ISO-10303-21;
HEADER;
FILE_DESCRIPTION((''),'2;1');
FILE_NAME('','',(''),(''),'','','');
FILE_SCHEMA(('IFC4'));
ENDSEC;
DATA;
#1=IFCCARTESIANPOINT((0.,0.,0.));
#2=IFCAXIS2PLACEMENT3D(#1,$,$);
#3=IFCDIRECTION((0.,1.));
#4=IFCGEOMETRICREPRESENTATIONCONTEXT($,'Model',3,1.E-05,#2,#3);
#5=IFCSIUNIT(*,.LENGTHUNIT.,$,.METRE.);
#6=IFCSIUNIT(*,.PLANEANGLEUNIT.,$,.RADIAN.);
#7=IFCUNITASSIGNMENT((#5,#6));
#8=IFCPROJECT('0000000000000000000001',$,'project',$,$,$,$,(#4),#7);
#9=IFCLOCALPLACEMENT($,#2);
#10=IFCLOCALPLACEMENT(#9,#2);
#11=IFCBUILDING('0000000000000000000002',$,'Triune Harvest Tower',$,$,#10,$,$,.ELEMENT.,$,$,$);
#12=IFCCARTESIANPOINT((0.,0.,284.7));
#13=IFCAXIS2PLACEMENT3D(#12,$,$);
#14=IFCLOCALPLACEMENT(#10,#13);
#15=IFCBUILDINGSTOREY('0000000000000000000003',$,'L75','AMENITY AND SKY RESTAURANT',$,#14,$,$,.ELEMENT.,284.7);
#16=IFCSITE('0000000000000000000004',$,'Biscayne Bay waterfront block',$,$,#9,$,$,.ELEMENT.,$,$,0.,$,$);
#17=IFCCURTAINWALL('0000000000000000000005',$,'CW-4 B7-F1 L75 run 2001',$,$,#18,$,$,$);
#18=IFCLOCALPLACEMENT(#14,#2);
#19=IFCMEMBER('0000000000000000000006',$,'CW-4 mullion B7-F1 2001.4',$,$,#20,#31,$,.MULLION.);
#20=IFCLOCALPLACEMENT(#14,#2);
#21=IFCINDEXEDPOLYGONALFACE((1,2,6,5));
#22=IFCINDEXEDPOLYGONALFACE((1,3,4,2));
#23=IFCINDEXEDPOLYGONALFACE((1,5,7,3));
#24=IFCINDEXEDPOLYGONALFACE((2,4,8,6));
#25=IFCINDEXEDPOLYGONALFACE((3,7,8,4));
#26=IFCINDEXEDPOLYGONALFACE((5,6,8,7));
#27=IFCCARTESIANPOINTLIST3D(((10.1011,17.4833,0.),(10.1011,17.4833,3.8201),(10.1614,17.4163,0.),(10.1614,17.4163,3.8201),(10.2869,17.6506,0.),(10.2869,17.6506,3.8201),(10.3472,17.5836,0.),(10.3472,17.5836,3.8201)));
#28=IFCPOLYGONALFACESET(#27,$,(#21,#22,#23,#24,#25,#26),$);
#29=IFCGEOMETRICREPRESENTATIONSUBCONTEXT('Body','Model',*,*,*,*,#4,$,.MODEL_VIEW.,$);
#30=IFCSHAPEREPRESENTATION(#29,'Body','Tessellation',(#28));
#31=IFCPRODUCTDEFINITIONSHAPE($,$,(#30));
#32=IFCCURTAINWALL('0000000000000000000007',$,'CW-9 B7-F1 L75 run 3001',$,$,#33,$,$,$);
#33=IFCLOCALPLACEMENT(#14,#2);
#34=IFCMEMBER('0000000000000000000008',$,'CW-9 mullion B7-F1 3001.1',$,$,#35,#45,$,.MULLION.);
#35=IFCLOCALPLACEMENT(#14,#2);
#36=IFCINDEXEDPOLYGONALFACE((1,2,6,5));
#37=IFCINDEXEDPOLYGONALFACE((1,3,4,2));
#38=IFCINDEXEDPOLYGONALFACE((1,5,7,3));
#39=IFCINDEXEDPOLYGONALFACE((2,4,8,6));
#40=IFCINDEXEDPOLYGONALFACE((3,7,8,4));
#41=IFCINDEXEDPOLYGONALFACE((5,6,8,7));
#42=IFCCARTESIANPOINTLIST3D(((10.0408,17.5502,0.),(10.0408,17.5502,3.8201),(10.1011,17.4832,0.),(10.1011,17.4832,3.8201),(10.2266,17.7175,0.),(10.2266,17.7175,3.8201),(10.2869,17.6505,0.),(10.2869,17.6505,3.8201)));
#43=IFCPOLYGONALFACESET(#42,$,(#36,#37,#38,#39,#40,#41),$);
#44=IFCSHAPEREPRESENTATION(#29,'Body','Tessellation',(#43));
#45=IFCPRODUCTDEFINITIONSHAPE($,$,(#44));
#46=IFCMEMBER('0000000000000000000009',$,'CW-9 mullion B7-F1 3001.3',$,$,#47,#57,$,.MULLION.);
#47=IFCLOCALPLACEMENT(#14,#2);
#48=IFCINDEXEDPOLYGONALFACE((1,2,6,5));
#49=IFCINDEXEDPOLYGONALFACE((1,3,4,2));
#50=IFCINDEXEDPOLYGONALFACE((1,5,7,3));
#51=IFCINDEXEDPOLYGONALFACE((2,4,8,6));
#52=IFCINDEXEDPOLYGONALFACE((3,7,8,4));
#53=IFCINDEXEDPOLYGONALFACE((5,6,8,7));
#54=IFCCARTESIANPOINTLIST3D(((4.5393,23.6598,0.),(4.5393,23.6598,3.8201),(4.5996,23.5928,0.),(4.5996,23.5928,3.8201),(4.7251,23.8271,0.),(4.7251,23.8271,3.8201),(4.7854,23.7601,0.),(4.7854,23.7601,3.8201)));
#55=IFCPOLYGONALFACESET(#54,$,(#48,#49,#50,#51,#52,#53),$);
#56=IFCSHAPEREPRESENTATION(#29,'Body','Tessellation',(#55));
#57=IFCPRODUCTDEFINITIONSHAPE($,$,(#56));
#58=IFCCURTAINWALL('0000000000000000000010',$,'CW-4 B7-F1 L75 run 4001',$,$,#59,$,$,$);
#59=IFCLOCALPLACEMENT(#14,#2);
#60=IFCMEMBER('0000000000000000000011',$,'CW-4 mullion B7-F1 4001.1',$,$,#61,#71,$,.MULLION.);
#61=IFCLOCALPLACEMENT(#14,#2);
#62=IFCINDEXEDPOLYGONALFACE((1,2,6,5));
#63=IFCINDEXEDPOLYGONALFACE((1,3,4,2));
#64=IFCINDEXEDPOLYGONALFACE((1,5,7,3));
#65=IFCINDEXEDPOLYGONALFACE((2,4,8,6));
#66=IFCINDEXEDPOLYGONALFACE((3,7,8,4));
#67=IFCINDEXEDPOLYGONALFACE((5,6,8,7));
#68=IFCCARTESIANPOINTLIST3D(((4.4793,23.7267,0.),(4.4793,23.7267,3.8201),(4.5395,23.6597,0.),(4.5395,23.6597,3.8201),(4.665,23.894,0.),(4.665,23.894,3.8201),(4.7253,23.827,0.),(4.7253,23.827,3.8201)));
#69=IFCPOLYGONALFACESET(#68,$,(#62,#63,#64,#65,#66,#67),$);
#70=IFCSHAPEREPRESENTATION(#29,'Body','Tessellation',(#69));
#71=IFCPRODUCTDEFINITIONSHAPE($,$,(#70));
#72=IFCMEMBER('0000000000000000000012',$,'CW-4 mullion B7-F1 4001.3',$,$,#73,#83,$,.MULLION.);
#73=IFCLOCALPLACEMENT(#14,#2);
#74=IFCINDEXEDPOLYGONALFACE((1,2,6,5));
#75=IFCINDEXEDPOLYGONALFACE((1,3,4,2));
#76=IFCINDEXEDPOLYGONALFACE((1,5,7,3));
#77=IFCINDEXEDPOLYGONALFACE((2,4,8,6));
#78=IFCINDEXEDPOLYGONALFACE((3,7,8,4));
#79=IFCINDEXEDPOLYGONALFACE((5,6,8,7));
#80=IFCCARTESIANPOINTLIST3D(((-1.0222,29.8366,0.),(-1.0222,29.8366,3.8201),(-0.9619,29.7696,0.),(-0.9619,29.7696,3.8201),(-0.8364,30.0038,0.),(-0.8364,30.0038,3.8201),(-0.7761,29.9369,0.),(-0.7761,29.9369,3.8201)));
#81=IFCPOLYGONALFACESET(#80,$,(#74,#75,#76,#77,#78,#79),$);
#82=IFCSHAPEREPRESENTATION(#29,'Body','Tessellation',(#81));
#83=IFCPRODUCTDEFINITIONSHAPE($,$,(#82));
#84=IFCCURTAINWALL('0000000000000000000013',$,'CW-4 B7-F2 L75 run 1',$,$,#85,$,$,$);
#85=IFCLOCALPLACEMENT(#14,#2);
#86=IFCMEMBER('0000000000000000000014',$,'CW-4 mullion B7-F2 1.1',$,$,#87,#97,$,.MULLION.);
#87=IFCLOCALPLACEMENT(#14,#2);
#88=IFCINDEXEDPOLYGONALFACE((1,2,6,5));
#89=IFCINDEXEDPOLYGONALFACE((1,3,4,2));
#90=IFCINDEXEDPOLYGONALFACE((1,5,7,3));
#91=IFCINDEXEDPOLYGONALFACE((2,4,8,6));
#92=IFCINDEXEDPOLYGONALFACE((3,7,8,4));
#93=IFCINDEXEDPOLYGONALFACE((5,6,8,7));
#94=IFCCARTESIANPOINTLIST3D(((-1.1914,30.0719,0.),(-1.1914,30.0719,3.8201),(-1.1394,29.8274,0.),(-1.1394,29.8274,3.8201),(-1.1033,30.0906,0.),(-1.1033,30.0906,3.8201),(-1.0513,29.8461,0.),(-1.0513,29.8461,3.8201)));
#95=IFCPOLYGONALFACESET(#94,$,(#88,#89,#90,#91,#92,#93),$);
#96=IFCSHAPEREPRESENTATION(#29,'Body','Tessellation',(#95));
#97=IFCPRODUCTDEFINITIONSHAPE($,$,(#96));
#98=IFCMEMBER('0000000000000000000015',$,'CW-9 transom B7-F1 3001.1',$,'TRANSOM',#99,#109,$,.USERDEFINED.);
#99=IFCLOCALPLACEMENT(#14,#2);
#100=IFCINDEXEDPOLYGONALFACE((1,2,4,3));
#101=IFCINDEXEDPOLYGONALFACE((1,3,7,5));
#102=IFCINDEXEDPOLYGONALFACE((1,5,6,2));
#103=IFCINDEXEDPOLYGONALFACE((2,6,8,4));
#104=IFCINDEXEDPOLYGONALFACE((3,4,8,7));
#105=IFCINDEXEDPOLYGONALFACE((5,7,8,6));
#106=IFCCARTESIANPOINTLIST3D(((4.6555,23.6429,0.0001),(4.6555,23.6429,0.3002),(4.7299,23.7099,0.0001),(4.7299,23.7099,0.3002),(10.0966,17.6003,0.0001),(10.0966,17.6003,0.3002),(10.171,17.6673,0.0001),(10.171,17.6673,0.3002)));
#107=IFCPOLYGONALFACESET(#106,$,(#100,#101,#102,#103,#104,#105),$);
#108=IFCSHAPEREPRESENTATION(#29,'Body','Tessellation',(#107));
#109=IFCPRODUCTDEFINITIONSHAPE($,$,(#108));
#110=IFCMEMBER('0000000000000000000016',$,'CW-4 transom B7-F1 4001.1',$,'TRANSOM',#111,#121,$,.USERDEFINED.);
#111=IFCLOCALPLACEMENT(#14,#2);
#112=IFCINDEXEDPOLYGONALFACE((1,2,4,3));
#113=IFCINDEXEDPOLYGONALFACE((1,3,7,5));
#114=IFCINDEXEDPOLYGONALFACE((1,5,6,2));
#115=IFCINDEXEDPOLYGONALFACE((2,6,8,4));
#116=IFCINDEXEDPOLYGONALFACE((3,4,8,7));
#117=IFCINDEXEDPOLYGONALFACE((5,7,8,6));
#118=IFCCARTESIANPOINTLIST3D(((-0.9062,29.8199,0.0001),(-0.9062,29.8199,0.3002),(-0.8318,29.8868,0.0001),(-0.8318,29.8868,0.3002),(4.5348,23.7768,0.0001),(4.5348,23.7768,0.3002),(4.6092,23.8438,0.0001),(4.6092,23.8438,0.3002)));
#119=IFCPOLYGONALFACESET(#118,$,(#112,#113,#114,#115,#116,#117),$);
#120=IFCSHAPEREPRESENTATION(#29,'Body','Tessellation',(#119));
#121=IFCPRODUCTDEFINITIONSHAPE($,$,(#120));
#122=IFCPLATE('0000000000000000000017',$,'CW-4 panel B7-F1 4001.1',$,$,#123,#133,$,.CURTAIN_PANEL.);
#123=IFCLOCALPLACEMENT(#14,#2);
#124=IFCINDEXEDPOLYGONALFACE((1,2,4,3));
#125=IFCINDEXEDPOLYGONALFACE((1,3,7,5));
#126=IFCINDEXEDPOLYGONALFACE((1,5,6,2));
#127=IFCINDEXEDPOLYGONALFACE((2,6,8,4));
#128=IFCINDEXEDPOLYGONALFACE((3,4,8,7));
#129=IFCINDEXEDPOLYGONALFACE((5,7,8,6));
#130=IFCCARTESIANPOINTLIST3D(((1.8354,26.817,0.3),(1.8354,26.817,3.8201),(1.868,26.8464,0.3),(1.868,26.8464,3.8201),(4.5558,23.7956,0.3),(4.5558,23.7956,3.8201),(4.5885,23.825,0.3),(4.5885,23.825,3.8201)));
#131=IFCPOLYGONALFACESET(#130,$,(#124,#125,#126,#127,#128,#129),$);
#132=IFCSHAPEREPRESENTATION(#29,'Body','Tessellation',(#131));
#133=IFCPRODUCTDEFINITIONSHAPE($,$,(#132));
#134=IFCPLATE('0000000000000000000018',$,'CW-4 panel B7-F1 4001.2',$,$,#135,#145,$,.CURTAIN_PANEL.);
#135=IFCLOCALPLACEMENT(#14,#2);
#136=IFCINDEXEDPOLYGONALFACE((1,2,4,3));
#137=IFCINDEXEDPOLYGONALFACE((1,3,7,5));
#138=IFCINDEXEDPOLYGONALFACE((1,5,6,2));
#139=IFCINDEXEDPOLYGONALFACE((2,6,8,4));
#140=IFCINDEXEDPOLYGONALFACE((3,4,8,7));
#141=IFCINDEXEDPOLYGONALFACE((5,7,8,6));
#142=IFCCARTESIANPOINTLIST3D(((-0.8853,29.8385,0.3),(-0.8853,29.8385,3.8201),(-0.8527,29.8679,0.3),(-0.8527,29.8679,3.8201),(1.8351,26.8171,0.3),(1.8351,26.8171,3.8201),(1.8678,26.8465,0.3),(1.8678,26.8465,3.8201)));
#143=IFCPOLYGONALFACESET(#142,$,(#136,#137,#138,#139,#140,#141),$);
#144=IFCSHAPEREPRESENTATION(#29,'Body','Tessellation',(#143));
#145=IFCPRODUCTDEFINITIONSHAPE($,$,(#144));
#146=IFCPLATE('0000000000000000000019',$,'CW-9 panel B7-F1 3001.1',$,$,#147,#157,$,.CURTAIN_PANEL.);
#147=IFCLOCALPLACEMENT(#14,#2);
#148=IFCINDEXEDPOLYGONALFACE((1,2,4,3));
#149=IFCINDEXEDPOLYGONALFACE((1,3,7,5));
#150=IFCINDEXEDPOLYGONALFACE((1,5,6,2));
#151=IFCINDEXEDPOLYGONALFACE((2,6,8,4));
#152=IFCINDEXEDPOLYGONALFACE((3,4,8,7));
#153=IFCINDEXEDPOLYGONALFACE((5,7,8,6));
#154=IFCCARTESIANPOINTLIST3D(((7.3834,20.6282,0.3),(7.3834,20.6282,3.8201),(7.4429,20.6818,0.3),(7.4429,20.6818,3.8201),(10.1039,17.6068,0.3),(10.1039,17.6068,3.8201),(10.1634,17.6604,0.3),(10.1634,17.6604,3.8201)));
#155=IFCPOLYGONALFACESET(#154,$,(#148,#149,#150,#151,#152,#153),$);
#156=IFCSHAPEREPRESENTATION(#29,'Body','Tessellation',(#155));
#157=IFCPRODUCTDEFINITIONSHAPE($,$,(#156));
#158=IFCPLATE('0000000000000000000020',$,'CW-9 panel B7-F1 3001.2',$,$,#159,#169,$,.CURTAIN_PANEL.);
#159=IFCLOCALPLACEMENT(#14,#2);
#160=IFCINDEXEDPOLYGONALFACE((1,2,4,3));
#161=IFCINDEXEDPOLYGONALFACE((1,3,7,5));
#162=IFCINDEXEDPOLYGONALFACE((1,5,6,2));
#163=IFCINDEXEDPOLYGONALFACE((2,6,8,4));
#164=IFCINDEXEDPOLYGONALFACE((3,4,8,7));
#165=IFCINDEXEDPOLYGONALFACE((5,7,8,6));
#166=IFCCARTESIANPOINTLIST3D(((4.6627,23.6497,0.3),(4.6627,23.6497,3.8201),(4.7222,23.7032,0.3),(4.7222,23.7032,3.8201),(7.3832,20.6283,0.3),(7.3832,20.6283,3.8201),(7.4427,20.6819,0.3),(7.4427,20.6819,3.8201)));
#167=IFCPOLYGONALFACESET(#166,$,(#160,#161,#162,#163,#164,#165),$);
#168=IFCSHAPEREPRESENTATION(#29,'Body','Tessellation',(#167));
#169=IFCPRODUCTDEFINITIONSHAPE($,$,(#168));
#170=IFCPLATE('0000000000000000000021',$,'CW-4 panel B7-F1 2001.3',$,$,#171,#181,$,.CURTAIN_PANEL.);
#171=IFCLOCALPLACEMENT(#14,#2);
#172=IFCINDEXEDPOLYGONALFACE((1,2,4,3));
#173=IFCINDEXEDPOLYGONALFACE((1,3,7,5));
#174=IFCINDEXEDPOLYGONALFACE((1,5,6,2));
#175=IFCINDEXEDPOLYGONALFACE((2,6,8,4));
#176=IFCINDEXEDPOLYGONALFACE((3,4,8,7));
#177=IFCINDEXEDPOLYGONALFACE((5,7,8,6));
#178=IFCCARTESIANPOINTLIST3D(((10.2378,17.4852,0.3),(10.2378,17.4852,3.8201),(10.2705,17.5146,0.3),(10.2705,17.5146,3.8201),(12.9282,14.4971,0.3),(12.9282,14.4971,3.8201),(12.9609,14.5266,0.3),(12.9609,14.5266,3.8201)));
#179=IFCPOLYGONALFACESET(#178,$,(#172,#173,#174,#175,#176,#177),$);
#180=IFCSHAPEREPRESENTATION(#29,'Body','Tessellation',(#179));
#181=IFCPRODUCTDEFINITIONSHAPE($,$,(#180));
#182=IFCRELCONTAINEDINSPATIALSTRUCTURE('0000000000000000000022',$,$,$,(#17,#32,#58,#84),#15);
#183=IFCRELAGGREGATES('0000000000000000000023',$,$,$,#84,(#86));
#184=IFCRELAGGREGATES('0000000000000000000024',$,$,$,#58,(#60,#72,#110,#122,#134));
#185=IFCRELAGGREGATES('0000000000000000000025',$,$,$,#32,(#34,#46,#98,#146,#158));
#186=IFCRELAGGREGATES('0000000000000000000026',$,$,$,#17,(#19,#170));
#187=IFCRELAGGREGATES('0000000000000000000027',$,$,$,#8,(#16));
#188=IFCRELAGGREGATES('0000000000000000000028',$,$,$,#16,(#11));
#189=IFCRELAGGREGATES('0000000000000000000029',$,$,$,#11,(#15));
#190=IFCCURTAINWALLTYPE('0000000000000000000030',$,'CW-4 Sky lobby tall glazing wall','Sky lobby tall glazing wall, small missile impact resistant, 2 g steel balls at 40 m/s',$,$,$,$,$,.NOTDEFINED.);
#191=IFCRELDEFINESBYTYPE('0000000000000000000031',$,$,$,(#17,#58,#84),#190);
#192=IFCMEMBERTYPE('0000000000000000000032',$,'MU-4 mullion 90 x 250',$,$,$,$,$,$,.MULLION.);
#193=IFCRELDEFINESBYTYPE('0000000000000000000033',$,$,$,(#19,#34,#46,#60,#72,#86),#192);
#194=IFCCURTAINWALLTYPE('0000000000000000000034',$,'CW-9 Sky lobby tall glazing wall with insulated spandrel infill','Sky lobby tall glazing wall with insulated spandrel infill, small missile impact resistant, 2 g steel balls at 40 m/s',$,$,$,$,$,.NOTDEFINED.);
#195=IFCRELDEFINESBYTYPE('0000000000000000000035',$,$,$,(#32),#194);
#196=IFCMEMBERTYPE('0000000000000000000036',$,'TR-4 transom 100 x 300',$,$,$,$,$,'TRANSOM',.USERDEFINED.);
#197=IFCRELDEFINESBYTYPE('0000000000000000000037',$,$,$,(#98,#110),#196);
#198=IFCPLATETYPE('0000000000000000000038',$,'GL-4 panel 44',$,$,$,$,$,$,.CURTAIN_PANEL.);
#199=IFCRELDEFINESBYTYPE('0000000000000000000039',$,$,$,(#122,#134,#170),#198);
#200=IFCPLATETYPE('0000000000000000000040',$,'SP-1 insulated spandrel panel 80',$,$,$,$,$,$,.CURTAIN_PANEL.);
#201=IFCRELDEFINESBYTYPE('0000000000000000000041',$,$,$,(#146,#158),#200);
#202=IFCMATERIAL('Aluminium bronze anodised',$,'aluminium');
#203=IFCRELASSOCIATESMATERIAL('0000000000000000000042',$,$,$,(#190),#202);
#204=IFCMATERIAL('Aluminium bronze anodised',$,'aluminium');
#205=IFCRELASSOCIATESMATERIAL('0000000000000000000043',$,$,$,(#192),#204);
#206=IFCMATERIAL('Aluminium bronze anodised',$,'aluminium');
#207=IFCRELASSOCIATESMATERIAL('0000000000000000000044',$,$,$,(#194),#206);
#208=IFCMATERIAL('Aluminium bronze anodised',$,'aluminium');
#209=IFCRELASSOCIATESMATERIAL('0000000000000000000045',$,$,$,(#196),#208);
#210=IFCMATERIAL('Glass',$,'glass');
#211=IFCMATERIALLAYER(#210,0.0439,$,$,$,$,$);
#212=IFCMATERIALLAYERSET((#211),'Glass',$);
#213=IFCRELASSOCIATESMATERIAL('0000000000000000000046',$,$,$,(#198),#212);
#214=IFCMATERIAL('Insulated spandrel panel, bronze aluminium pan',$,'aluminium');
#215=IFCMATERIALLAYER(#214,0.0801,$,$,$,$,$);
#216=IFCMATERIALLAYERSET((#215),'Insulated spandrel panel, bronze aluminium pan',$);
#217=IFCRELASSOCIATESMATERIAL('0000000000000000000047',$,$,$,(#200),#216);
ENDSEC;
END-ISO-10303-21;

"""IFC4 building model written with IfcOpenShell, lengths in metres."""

from ifc_helpers import new_model, si_unit, direction, frame, origin, origin_2d, place, context, subcontext, project, spatial, rectangle, extrude, source, transform, mapped, material, layer, layer_set, material_profile, profile_set, type_object, element, aggregate, save


model = new_model("IFC4")

# Units and contexts
model_context = context("Model", 3, precision=1e-05, world=origin(), true_north=direction((0.0, 1.0)))
body_context = subcontext(model_context, "Body", "Model", "MODEL_VIEW")
ifc_project = project(units=[si_unit("LENGTHUNIT", "METRE"), si_unit("PLANEANGLEUNIT", "RADIAN")], contexts=[model_context])

# Site, building, storey
site_placement = place(None, origin())
site = spatial("IfcSite", under=ifc_project, at=site_placement, Name="Biscayne Bay waterfront block", CompositionType="ELEMENT", RefElevation=0.0)
building_placement = place(site_placement, origin())
building = spatial("IfcBuilding", under=site, at=building_placement, Name="Triune Harvest Tower", CompositionType="ELEMENT")
storey_placement = place(building_placement, frame((0.0, 0.0, 284.7)))
storey = spatial("IfcBuildingStorey", under=building, at=storey_placement, Name="L75", Description="AMENITY AND SKY RESTAURANT", CompositionType="ELEMENT", Elevation=284.7)

# Curtain wall, member
ifc_material_1 = material(Name="Aluminium bronze anodised", Category="aluminium")
curtain_wall_type_1 = type_object("IfcCurtainWallType", Name="CW-4 Sky lobby tall glazing wall", Description="Sky lobby tall glazing wall, small missile impact resistant, 2 g steel balls at 40 m/s", PredefinedType="NOTDEFINED", material=ifc_material_1)
curtain_wall_1_placement = place(storey_placement, origin())
curtain_wall_1 = element("IfcCurtainWall", 1, at=curtain_wall_1_placement, inside=storey, type_object=curtain_wall_type_1, Name="CW-4 B7-F1 L75 run 2001")
ifc_material_2 = material(Name="Aluminium bronze anodised", Category="aluminium")
ifc_material_profile_1 = material_profile(ifc_material_2, rectangle(XDim=0.25, YDim=0.0901, at=origin_2d()), Name="MU-4 mullion 90 x 250")
ifc_profile_set_1 = profile_set([ifc_material_profile_1], Name="Aluminium bronze anodised")
member_type_1 = type_object("IfcMemberType", Name="MU-4 mullion 90 x 250", PredefinedType="MULLION", material=ifc_profile_set_1)
shared_shape_1 = source(origin(), body_context, "Body", "SweptSolid", [
    extrude(rectangle(XDim=0.25, YDim=0.0901, at=origin_2d()), origin(), (0.0, 0.0, 1.0), 3.8201),
])
member_1_placement = place(storey_placement, frame((10.2241, 17.5334, 0.0), z_axis=(0.0, 0.0, 1.0), x_axis=(-0.74315, -0.669125, 0.0)))
member_1 = element("IfcMember", 2, at=member_1_placement, type_object=member_type_1, Name="CW-4 mullion B7-F1 2001.4", PredefinedType="MULLION", context=body_context, shape_type="MappedRepresentation", body=[
    mapped(shared_shape_1, transform((0.0, 0.0, 0.0), scale=1.0)),
])

# Curtain walls, members
ifc_material_3 = material(Name="Aluminium bronze anodised", Category="aluminium")
curtain_wall_type_2 = type_object("IfcCurtainWallType", Name="CW-9 Sky lobby tall glazing wall with insulated spandrel infill", Description="Sky lobby tall glazing wall with insulated spandrel infill, small missile impact resistant, 2 g steel balls at 40 m/s", PredefinedType="NOTDEFINED", material=ifc_material_3)
curtain_wall_2_placement = place(storey_placement, origin())
curtain_wall_2 = element("IfcCurtainWall", 3, at=curtain_wall_2_placement, inside=storey, type_object=curtain_wall_type_2, Name="CW-9 B7-F1 L75 run 3001")
member_2_placement = place(storey_placement, frame((10.1638, 17.6003, 0.0), z_axis=(0.0, 0.0, 1.0), x_axis=(-0.743135, -0.669142, 0.0)))
member_2 = element("IfcMember", 4, at=member_2_placement, type_object=member_type_1, Name="CW-9 mullion B7-F1 3001.1", PredefinedType="MULLION", context=body_context, shape_type="MappedRepresentation", body=[
    mapped(shared_shape_1, transform((0.0, 0.0, 0.0), scale=1.0)),
])
member_3_placement = place(storey_placement, frame((4.6624, 23.71, 0.0), z_axis=(0.0, 0.0, 1.0), x_axis=(-0.743135, -0.669142, 0.0)))
member_3 = element("IfcMember", 5, at=member_3_placement, type_object=member_type_1, Name="CW-9 mullion B7-F1 3001.3", PredefinedType="MULLION", context=body_context, shape_type="MappedRepresentation", body=[
    mapped(shared_shape_1, transform((0.0, 0.0, 0.0), scale=1.0)),
])
curtain_wall_3_placement = place(storey_placement, origin())
curtain_wall_3 = element("IfcCurtainWall", 6, at=curtain_wall_3_placement, inside=storey, type_object=curtain_wall_type_1, Name="CW-4 B7-F1 L75 run 4001")
member_4_placement = place(storey_placement, frame((4.6023, 23.7769, 0.0), z_axis=(0.0, 0.0, 1.0), x_axis=(-0.743149, -0.669126, 0.0)))
member_4 = element("IfcMember", 7, at=member_4_placement, type_object=member_type_1, Name="CW-4 mullion B7-F1 4001.1", PredefinedType="MULLION", context=body_context, shape_type="MappedRepresentation", body=[
    mapped(shared_shape_1, transform((0.0, 0.0, 0.0), scale=1.0)),
])
member_5_placement = place(storey_placement, frame((-0.8992, 29.8867, 0.0), z_axis=(0.0, 0.0, 1.0), x_axis=(-0.743149, -0.669126, 0.0)))
member_5 = element("IfcMember", 8, at=member_5_placement, type_object=member_type_1, Name="CW-4 mullion B7-F1 4001.3", PredefinedType="MULLION", context=body_context, shape_type="MappedRepresentation", body=[
    mapped(shared_shape_1, transform((0.0, 0.0, 0.0), scale=1.0)),
])

# Curtain wall, member
curtain_wall_4_placement = place(storey_placement, origin())
curtain_wall_4 = element("IfcCurtainWall", 9, at=curtain_wall_4_placement, inside=storey, type_object=curtain_wall_type_1, Name="CW-4 B7-F2 L75 run 1")
member_6_placement = place(storey_placement, frame((-1.1213, 29.959, 0.0), z_axis=(0.0, 0.0, 1.0), x_axis=(0.207905, -0.978149, 0.0)))
member_6 = element("IfcMember", 10, at=member_6_placement, type_object=member_type_1, Name="CW-4 mullion B7-F2 1.1", PredefinedType="MULLION", context=body_context, shape_type="MappedRepresentation", body=[
    mapped(shared_shape_1, transform((0.0, 0.0, 0.0), scale=1.0)),
])
aggregate(curtain_wall_4, [member_6])

# Members
ifc_material_4 = material(Name="Aluminium bronze anodised", Category="aluminium")
ifc_material_profile_2 = material_profile(ifc_material_4, rectangle(XDim=0.1001, YDim=0.3, at=origin_2d()), Name="TR-4 transom 100 x 300")
ifc_profile_set_2 = profile_set([ifc_material_profile_2], Name="Aluminium bronze anodised")
member_type_2 = type_object("IfcMemberType", Name="TR-4 transom 100 x 300", ElementType="TRANSOM", PredefinedType="USERDEFINED", material=ifc_profile_set_2)
shared_shape_2 = source(origin(), body_context, "Body", "SweptSolid", [
    extrude(rectangle(XDim=0.1001, YDim=0.3, at=origin_2d()), origin(), (0.0, 0.0, 1.0), 8.1313),
])
member_7_placement = place(storey_placement, frame((10.1338, 17.6338, 0.1501), z_axis=(-0.669149, 0.743128, 0.0), x_axis=(-0.743128, -0.669149, 0.0)))
member_7 = element("IfcMember", 11, at=member_7_placement, type_object=member_type_2, Name="CW-9 transom B7-F1 3001.1", ObjectType="TRANSOM", PredefinedType="USERDEFINED", context=body_context, shape_type="MappedRepresentation", body=[
    mapped(shared_shape_2, transform((0.0, 0.0, 0.0), scale=1.0)),
])
shared_shape_3 = source(origin(), body_context, "Body", "SweptSolid", [
    extrude(rectangle(XDim=0.1001, YDim=0.3, at=origin_2d()), origin(), (0.0, 0.0, 1.0), 8.1316),
])
member_8_placement = place(storey_placement, frame((4.572, 23.8103, 0.1501), z_axis=(-0.669117, 0.743157, 0.0), x_axis=(-0.743157, -0.669117, 0.0)))
member_8 = element("IfcMember", 12, at=member_8_placement, type_object=member_type_2, Name="CW-4 transom B7-F1 4001.1", ObjectType="TRANSOM", PredefinedType="USERDEFINED", context=body_context, shape_type="MappedRepresentation", body=[
    mapped(shared_shape_3, transform((0.0, 0.0, 0.0), scale=1.0)),
])

# Plates
ifc_material_5 = material(Name="Glass", Category="glass")
ifc_layer_1 = layer(ifc_material_5, 0.0439)
ifc_layer_set_1 = layer_set([ifc_layer_1], Name="Glass")
plate_type_1 = type_object("IfcPlateType", Name="GL-4 panel 44", PredefinedType="CURTAIN_PANEL", material=ifc_layer_set_1)
shared_shape_4 = source(origin(), body_context, "Body", "SweptSolid", [
    extrude(rectangle(XDim=4.0657, YDim=0.0439, at=origin_2d()), origin(), (0.0, 0.0, 1.0), 3.52),
])
plate_1_placement = place(storey_placement, frame((3.2119, 25.321, 0.3), z_axis=(0.0, 0.0, 1.0), x_axis=(-0.669126, 0.743149, 0.0)))
plate_1 = element("IfcPlate", 13, at=plate_1_placement, type_object=plate_type_1, Name="CW-4 panel B7-F1 4001.1", PredefinedType="CURTAIN_PANEL", context=body_context, shape_type="MappedRepresentation", body=[
    mapped(shared_shape_4, transform((0.0, 0.0, 0.0), scale=1.0)),
])
plate_2_placement = place(storey_placement, frame((0.4912, 28.3425, 0.3), z_axis=(0.0, 0.0, 1.0), x_axis=(-0.669126, 0.743149, 0.0)))
plate_2 = element("IfcPlate", 14, at=plate_2_placement, type_object=plate_type_1, Name="CW-4 panel B7-F1 4001.2", PredefinedType="CURTAIN_PANEL", context=body_context, shape_type="MappedRepresentation", body=[
    mapped(shared_shape_4, transform((0.0, 0.0, 0.0), scale=1.0)),
])
aggregate(curtain_wall_3, [member_4, member_5, member_8, plate_1, plate_2])
ifc_material_6 = material(Name="Insulated spandrel panel, bronze aluminium pan", Category="aluminium")
ifc_layer_2 = layer(ifc_material_6, 0.0801)
ifc_layer_set_2 = layer_set([ifc_layer_2], Name="Insulated spandrel panel, bronze aluminium pan")
plate_type_2 = type_object("IfcPlateType", Name="SP-1 insulated spandrel panel 80", PredefinedType="CURTAIN_PANEL", material=ifc_layer_set_2)
shared_shape_5 = source(origin(), body_context, "Body", "SweptSolid", [
    extrude(rectangle(XDim=4.0657, YDim=0.0801, at=origin_2d()), origin(), (0.0, 0.0, 1.0), 3.52),
])
plate_3_placement = place(storey_placement, frame((8.7734, 19.1443, 0.3), z_axis=(0.0, 0.0, 1.0), x_axis=(-0.669142, 0.743135, 0.0)))
plate_3 = element("IfcPlate", 15, at=plate_3_placement, type_object=plate_type_2, Name="CW-9 panel B7-F1 3001.1", PredefinedType="CURTAIN_PANEL", context=body_context, shape_type="MappedRepresentation", body=[
    mapped(shared_shape_5, transform((0.0, 0.0, 0.0), scale=1.0)),
])
plate_4_placement = place(storey_placement, frame((6.0527, 22.1658, 0.3), z_axis=(0.0, 0.0, 1.0), x_axis=(-0.669142, 0.743135, 0.0)))
plate_4 = element("IfcPlate", 16, at=plate_4_placement, type_object=plate_type_2, Name="CW-9 panel B7-F1 3001.2", PredefinedType="CURTAIN_PANEL", context=body_context, shape_type="MappedRepresentation", body=[
    mapped(shared_shape_5, transform((0.0, 0.0, 0.0), scale=1.0)),
])
aggregate(curtain_wall_2, [member_2, member_3, member_7, plate_3, plate_4])
shared_shape_6 = source(origin(), body_context, "Body", "SweptSolid", [
    extrude(rectangle(XDim=4.0208, YDim=0.0439, at=origin_2d()), origin(), (0.0, 0.0, 1.0), 3.52),
])
plate_5_placement = place(storey_placement, frame((11.5994, 16.0059, 0.3), z_axis=(0.0, 0.0, 1.0), x_axis=(-0.669125, 0.74315, 0.0)))
plate_5 = element("IfcPlate", 17, at=plate_5_placement, type_object=plate_type_1, Name="CW-4 panel B7-F1 2001.3", PredefinedType="CURTAIN_PANEL", context=body_context, shape_type="MappedRepresentation", body=[
    mapped(shared_shape_6, transform((0.0, 0.0, 0.0), scale=1.0)),
])
aggregate(curtain_wall_1, [member_1, plate_5])

save(model, "model.ifc")
